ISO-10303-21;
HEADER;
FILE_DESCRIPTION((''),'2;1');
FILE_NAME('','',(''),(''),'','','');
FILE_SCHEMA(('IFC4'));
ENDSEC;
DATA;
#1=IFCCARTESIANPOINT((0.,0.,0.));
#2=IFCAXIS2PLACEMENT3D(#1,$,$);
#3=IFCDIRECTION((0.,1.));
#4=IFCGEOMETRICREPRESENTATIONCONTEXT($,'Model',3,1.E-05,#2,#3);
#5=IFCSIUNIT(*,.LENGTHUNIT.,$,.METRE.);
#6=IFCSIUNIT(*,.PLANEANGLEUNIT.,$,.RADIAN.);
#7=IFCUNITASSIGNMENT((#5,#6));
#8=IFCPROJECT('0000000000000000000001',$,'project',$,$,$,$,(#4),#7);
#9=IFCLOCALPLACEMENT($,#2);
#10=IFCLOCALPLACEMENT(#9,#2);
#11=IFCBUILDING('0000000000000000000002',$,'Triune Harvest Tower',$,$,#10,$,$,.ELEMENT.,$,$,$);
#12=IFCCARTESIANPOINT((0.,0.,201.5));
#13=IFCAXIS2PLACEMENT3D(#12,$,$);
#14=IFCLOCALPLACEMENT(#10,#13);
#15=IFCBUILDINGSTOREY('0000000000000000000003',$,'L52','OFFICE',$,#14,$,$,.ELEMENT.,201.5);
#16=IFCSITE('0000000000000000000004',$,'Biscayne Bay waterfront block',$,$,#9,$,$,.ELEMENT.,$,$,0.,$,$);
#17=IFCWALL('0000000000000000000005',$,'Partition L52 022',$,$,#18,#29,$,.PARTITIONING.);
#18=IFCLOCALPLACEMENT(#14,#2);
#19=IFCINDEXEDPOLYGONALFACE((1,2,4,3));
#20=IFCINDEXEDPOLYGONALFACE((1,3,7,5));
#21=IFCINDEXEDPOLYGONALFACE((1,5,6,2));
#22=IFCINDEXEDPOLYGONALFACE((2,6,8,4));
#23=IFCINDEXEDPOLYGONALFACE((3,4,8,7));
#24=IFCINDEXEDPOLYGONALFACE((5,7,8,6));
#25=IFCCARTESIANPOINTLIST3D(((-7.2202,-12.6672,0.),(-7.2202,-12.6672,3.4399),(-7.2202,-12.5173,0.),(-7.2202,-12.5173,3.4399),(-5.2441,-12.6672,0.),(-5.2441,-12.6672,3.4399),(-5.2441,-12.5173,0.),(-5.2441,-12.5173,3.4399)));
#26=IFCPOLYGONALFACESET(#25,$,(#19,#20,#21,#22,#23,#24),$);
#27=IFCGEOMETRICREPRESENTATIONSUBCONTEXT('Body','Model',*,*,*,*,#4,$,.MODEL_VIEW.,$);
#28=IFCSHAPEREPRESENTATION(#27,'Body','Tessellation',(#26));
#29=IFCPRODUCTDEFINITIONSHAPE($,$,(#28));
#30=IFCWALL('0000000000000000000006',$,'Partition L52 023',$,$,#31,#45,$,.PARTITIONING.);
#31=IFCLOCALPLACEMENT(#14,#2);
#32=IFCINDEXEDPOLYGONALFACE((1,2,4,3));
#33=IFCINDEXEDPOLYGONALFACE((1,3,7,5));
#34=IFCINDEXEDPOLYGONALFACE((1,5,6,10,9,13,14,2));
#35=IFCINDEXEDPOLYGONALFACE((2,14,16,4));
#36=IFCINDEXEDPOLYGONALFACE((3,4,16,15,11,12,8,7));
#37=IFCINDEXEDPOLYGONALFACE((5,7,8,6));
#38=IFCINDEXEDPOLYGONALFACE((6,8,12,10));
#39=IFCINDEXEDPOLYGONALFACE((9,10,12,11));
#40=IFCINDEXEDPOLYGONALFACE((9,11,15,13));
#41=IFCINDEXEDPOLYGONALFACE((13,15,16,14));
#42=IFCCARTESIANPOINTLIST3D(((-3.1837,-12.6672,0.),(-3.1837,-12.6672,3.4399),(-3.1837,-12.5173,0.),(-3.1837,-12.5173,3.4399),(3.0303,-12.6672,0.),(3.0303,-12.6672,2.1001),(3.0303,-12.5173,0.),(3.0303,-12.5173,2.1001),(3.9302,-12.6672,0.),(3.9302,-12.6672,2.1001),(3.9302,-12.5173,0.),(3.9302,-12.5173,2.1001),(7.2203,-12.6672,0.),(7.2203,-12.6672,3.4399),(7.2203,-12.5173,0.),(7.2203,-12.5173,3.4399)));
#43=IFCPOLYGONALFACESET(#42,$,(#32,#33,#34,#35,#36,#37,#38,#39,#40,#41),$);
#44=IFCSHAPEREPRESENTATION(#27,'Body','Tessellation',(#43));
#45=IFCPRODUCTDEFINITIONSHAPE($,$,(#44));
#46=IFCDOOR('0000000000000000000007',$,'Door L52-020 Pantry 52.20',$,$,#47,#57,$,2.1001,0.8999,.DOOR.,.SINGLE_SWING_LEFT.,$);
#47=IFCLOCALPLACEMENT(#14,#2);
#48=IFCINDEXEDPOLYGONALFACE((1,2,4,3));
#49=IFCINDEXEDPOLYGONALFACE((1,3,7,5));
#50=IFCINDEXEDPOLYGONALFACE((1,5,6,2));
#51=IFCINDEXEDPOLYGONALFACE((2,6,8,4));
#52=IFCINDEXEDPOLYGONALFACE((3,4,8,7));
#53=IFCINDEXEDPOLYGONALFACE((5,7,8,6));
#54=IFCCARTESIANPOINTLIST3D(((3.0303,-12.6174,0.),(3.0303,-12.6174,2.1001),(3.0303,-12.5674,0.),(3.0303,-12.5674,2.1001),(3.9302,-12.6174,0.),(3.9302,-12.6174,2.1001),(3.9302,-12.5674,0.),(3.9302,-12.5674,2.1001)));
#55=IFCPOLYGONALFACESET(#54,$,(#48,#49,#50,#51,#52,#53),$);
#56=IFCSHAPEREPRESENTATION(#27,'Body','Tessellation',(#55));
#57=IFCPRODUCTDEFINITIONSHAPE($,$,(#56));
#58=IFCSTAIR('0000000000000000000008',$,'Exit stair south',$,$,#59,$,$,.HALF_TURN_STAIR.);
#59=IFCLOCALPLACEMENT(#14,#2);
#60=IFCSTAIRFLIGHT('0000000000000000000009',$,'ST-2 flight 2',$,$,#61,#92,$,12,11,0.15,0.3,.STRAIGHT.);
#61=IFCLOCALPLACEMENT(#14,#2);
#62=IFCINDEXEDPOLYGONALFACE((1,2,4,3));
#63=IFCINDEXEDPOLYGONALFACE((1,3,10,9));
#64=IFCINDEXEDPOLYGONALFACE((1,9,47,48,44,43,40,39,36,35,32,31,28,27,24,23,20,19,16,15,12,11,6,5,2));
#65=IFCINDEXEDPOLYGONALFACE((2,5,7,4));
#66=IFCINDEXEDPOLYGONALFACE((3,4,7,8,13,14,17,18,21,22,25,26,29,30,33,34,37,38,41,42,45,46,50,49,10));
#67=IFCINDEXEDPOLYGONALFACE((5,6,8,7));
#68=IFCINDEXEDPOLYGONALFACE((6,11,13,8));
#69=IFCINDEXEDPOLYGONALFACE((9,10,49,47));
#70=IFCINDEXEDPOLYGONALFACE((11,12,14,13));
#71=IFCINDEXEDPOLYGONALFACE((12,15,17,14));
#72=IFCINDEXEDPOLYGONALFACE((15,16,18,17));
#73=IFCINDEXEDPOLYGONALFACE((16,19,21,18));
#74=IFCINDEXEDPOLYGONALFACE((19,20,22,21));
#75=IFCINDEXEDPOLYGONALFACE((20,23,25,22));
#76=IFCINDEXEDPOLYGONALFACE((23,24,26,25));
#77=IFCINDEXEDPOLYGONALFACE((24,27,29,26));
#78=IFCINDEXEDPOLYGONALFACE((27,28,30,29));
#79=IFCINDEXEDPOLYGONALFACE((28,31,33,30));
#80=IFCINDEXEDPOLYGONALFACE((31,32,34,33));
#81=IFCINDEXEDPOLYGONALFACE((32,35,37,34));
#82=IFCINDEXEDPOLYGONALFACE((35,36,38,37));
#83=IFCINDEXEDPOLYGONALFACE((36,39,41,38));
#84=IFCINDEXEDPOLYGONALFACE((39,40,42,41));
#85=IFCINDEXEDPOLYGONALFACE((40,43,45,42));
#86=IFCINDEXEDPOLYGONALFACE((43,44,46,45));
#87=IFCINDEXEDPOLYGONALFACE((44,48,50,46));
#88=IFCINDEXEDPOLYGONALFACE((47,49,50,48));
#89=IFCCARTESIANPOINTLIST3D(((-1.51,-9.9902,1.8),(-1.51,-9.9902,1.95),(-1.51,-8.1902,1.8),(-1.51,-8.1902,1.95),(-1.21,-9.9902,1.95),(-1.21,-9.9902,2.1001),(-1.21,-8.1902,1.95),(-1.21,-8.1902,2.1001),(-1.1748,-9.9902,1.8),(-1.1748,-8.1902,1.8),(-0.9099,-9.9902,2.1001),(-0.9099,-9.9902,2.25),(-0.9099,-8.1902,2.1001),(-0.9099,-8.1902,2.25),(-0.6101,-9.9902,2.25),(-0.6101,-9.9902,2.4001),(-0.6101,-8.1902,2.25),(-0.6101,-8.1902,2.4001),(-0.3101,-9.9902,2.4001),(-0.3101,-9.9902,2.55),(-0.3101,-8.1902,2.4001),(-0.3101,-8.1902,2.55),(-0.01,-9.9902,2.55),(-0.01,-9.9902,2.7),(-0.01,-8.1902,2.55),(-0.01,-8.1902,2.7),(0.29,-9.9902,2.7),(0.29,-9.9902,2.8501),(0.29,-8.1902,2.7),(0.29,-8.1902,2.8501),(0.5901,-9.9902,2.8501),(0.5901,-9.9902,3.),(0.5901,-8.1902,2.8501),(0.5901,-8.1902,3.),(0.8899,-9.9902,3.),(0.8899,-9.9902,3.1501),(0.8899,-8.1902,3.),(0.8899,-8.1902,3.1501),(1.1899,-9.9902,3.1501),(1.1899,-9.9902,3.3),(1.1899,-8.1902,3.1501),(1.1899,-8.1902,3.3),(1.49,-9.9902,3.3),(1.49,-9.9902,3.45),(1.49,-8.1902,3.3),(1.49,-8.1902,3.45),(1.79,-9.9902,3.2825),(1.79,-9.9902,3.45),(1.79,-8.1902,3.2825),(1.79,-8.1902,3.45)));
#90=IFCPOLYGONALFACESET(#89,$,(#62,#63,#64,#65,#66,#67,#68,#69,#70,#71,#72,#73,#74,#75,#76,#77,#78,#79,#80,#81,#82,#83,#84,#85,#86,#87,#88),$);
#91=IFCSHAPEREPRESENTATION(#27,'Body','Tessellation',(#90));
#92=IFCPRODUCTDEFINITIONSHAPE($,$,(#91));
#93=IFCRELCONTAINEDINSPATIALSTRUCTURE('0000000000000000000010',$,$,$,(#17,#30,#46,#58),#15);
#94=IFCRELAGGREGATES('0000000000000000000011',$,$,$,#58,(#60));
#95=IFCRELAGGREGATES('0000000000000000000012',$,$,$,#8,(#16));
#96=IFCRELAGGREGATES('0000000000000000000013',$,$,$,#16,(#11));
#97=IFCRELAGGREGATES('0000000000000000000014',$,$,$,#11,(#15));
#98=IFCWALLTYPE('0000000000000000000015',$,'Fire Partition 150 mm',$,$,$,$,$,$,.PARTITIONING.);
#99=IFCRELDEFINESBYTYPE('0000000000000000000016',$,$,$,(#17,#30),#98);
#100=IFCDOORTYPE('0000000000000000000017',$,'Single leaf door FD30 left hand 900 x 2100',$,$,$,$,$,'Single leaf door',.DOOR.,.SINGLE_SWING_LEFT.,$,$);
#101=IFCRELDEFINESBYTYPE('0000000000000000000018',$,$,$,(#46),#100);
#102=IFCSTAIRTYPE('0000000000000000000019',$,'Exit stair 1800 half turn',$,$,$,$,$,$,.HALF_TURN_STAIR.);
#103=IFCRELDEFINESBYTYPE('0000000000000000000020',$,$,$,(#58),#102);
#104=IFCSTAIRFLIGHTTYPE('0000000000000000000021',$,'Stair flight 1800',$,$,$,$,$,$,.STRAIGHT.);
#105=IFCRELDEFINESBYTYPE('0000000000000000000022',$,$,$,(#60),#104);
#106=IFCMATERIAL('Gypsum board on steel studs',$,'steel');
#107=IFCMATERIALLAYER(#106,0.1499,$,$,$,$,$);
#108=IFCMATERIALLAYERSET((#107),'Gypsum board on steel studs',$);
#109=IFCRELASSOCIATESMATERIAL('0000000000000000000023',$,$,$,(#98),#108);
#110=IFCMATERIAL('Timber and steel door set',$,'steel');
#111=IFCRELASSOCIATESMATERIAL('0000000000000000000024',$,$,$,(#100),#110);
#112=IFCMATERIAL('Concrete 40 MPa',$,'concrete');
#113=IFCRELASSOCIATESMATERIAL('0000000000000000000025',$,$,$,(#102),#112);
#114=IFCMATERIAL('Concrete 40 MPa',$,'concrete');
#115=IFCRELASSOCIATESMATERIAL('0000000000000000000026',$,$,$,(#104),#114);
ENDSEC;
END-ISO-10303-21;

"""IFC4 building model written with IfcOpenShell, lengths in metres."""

from ifc_helpers import new_model, si_unit, direction, frame, frame_2d, origin, place, context, subcontext, project, spatial, polyline, rectangle, outline, extrude, source, transform, mapped, material, layer, layer_set, type_object, element, fill, aggregate, save


model = new_model("IFC4")

# Units and contexts
model_context = context("Model", 3, precision=1e-05, world=origin(), true_north=direction((0.0, 1.0)))
body_context = subcontext(model_context, "Body", "Model", "MODEL_VIEW")
ifc_project = project(units=[si_unit("LENGTHUNIT", "METRE"), si_unit("PLANEANGLEUNIT", "RADIAN")], contexts=[model_context])

# Site, building, storey
site_placement = place(None, origin())
site = spatial("IfcSite", under=ifc_project, at=site_placement, Name="Biscayne Bay waterfront block", CompositionType="ELEMENT", RefElevation=0.0)
building_placement = place(site_placement, origin())
building = spatial("IfcBuilding", under=site, at=building_placement, Name="Triune Harvest Tower", CompositionType="ELEMENT")
storey_placement = place(building_placement, frame((0.0, 0.0, 201.5)))
storey = spatial("IfcBuildingStorey", under=building, at=storey_placement, Name="L52", Description="OFFICE", CompositionType="ELEMENT", Elevation=201.5)

# Wall
ifc_material_1 = material(Name="Gypsum board on steel studs", Category="steel")
ifc_layer_1 = layer(ifc_material_1, 0.1499)
ifc_layer_set_1 = layer_set([ifc_layer_1], Name="Gypsum board on steel studs")
wall_type_1 = type_object("IfcWallType", Name="Fire Partition 150 mm", PredefinedType="PARTITIONING", material=ifc_layer_set_1)
shared_shape_1 = source(origin(), body_context, "Body", "SweptSolid", [
    extrude(rectangle(XDim=1.9761, YDim=0.1499, at=frame_2d((0.988, 0.0))), origin(), (0.0, 0.0, 1.0), 3.4399),
])
wall_1_placement = place(storey_placement, frame((-7.2202, -12.5923, 0.0), z_axis=(0.0, 0.0, 1.0), x_axis=(1.0, 0.0, 0.0)))
element("IfcWall", 1, at=wall_1_placement, inside=storey, type_object=wall_type_1, Name="Partition L52 022", PredefinedType="PARTITIONING", context=body_context, shape_type="MappedRepresentation", body=[
    mapped(shared_shape_1, transform((0.0, 0.0, 0.0), scale=1.0)),
])

# Wall, opening, door
shared_shape_2 = source(origin(), body_context, "Body", "SweptSolid", [
    extrude(rectangle(XDim=10.4041, YDim=0.1499, at=frame_2d((5.2021, 0.0))), origin(), (0.0, 0.0, 1.0), 3.4399),
])
wall_2_placement = place(storey_placement, frame((-3.1838, -12.5923, 0.0), z_axis=(0.0, 0.0, 1.0), x_axis=(1.0, 0.0, 0.0)))
wall_2 = element("IfcWall", 2, at=wall_2_placement, inside=storey, type_object=wall_type_1, Name="Partition L52 023", PredefinedType="PARTITIONING", context=body_context, shape_type="MappedRepresentation", body=[
    mapped(shared_shape_2, transform((0.0, 0.0, 0.0), scale=1.0)),
])
opening_1_placement = place(wall_2_placement, frame((6.2141, 0.0, 0.0)))
opening_1 = element("IfcOpeningElement", 3, at=opening_1_placement, cuts=wall_2, PredefinedType="OPENING", context=body_context, shape_type="SweptSolid", body=[
    extrude(rectangle(XDim=0.8999, YDim=2.1001, at=frame_2d((0.45, 1.05))), frame((0.0, 0.085, 0.0), z_axis=(0.0, -1.0, 0.0), x_axis=(1.0, 0.0, 0.0)), (0.0, 0.0, 1.0), 0.1699),
])
ifc_material_2 = material(Name="Timber and steel door set", Category="steel")
door_type_1 = type_object("IfcDoorType", Name="Single leaf door FD30 left hand 900 x 2100", ElementType="Single leaf door", OperationType="SINGLE_SWING_LEFT", PredefinedType="DOOR", material=ifc_material_2)
door_1_placement = place(opening_1_placement, origin())
door_1 = element("IfcDoor", 4, at=door_1_placement, inside=storey, type_object=door_type_1, Name="Door L52-020 Pantry 52.20", OperationType="SINGLE_SWING_LEFT", OverallHeight=2.1001, OverallWidth=0.8999, PredefinedType="DOOR", context=body_context, shape_type="SweptSolid", body=[
    extrude(rectangle(XDim=0.8999, YDim=2.1001, at=frame_2d((0.45, 1.05))), frame((0.0, 0.0249, 0.0), z_axis=(0.0, -1.0, 0.0), x_axis=(1.0, 0.0, 0.0)), (0.0, 0.0, 1.0), 0.05),
])
fill(opening_1, door_1)

# Stair, stair flight
ifc_material_3 = material(Name="Concrete 40 MPa", Category="concrete")
stair_type = type_object("IfcStairType", Name="Exit stair 1800 half turn", PredefinedType="HALF_TURN_STAIR", material=ifc_material_3)
stair_placement = place(storey_placement, origin())
stair = element("IfcStair", 5, at=stair_placement, inside=storey, type_object=stair_type, Name="Exit stair south", PredefinedType="HALF_TURN_STAIR")
ifc_material_4 = material(Name="Concrete 40 MPa", Category="concrete")
stair_flight_type = type_object("IfcStairFlightType", Name="Stair flight 1800", PredefinedType="STRAIGHT", material=ifc_material_4)
shared_shape_3 = source(origin(), body_context, "Body", "SweptSolid", [
    extrude(outline(polyline([(0.0, 0.0), (0.0, 0.1499), (0.3, 0.1499), (0.3, 0.3), (0.6001, 0.3), (0.6001, 0.45), (0.8999, 0.45), (0.8999, 0.6001), (1.2, 0.6001), (1.2, 0.75), (1.5, 0.75), (1.5, 0.8999), (1.8, 0.8999), (1.8, 1.05), (2.1001, 1.05), (2.1001, 1.2), (2.3999, 1.2), (2.3999, 1.3501), (2.7, 1.3501), (2.7, 1.5), (3.0, 1.5), (3.0, 1.6499), (3.3, 1.6499), (3.3, 1.8), (3.3, 1.4824), (0.3352, 0.0), (0.0, 0.0)])), frame((0.0, 0.8999, 0.0), z_axis=(0.0, -1.0, 0.0), x_axis=(1.0, 0.0, 0.0)), (0.0, 0.0, 1.0), 1.8),
])
stair_flight_placement = place(storey_placement, frame((-1.51, -9.0901, 1.8), z_axis=(0.0, 0.0, 1.0), x_axis=(1.0, 0.0, 0.0)))
stair_flight = element("IfcStairFlight", 6, at=stair_flight_placement, type_object=stair_flight_type, Name="ST-2 flight 2", NumberOfRisers=12, NumberOfTreads=11, PredefinedType="STRAIGHT", RiserHeight=0.15, TreadLength=0.3, context=body_context, shape_type="MappedRepresentation", body=[
    mapped(shared_shape_3, transform((0.0, 0.0, 0.0), scale=1.0)),
])
aggregate(stair, [stair_flight])

save(model, "model.ifc")
